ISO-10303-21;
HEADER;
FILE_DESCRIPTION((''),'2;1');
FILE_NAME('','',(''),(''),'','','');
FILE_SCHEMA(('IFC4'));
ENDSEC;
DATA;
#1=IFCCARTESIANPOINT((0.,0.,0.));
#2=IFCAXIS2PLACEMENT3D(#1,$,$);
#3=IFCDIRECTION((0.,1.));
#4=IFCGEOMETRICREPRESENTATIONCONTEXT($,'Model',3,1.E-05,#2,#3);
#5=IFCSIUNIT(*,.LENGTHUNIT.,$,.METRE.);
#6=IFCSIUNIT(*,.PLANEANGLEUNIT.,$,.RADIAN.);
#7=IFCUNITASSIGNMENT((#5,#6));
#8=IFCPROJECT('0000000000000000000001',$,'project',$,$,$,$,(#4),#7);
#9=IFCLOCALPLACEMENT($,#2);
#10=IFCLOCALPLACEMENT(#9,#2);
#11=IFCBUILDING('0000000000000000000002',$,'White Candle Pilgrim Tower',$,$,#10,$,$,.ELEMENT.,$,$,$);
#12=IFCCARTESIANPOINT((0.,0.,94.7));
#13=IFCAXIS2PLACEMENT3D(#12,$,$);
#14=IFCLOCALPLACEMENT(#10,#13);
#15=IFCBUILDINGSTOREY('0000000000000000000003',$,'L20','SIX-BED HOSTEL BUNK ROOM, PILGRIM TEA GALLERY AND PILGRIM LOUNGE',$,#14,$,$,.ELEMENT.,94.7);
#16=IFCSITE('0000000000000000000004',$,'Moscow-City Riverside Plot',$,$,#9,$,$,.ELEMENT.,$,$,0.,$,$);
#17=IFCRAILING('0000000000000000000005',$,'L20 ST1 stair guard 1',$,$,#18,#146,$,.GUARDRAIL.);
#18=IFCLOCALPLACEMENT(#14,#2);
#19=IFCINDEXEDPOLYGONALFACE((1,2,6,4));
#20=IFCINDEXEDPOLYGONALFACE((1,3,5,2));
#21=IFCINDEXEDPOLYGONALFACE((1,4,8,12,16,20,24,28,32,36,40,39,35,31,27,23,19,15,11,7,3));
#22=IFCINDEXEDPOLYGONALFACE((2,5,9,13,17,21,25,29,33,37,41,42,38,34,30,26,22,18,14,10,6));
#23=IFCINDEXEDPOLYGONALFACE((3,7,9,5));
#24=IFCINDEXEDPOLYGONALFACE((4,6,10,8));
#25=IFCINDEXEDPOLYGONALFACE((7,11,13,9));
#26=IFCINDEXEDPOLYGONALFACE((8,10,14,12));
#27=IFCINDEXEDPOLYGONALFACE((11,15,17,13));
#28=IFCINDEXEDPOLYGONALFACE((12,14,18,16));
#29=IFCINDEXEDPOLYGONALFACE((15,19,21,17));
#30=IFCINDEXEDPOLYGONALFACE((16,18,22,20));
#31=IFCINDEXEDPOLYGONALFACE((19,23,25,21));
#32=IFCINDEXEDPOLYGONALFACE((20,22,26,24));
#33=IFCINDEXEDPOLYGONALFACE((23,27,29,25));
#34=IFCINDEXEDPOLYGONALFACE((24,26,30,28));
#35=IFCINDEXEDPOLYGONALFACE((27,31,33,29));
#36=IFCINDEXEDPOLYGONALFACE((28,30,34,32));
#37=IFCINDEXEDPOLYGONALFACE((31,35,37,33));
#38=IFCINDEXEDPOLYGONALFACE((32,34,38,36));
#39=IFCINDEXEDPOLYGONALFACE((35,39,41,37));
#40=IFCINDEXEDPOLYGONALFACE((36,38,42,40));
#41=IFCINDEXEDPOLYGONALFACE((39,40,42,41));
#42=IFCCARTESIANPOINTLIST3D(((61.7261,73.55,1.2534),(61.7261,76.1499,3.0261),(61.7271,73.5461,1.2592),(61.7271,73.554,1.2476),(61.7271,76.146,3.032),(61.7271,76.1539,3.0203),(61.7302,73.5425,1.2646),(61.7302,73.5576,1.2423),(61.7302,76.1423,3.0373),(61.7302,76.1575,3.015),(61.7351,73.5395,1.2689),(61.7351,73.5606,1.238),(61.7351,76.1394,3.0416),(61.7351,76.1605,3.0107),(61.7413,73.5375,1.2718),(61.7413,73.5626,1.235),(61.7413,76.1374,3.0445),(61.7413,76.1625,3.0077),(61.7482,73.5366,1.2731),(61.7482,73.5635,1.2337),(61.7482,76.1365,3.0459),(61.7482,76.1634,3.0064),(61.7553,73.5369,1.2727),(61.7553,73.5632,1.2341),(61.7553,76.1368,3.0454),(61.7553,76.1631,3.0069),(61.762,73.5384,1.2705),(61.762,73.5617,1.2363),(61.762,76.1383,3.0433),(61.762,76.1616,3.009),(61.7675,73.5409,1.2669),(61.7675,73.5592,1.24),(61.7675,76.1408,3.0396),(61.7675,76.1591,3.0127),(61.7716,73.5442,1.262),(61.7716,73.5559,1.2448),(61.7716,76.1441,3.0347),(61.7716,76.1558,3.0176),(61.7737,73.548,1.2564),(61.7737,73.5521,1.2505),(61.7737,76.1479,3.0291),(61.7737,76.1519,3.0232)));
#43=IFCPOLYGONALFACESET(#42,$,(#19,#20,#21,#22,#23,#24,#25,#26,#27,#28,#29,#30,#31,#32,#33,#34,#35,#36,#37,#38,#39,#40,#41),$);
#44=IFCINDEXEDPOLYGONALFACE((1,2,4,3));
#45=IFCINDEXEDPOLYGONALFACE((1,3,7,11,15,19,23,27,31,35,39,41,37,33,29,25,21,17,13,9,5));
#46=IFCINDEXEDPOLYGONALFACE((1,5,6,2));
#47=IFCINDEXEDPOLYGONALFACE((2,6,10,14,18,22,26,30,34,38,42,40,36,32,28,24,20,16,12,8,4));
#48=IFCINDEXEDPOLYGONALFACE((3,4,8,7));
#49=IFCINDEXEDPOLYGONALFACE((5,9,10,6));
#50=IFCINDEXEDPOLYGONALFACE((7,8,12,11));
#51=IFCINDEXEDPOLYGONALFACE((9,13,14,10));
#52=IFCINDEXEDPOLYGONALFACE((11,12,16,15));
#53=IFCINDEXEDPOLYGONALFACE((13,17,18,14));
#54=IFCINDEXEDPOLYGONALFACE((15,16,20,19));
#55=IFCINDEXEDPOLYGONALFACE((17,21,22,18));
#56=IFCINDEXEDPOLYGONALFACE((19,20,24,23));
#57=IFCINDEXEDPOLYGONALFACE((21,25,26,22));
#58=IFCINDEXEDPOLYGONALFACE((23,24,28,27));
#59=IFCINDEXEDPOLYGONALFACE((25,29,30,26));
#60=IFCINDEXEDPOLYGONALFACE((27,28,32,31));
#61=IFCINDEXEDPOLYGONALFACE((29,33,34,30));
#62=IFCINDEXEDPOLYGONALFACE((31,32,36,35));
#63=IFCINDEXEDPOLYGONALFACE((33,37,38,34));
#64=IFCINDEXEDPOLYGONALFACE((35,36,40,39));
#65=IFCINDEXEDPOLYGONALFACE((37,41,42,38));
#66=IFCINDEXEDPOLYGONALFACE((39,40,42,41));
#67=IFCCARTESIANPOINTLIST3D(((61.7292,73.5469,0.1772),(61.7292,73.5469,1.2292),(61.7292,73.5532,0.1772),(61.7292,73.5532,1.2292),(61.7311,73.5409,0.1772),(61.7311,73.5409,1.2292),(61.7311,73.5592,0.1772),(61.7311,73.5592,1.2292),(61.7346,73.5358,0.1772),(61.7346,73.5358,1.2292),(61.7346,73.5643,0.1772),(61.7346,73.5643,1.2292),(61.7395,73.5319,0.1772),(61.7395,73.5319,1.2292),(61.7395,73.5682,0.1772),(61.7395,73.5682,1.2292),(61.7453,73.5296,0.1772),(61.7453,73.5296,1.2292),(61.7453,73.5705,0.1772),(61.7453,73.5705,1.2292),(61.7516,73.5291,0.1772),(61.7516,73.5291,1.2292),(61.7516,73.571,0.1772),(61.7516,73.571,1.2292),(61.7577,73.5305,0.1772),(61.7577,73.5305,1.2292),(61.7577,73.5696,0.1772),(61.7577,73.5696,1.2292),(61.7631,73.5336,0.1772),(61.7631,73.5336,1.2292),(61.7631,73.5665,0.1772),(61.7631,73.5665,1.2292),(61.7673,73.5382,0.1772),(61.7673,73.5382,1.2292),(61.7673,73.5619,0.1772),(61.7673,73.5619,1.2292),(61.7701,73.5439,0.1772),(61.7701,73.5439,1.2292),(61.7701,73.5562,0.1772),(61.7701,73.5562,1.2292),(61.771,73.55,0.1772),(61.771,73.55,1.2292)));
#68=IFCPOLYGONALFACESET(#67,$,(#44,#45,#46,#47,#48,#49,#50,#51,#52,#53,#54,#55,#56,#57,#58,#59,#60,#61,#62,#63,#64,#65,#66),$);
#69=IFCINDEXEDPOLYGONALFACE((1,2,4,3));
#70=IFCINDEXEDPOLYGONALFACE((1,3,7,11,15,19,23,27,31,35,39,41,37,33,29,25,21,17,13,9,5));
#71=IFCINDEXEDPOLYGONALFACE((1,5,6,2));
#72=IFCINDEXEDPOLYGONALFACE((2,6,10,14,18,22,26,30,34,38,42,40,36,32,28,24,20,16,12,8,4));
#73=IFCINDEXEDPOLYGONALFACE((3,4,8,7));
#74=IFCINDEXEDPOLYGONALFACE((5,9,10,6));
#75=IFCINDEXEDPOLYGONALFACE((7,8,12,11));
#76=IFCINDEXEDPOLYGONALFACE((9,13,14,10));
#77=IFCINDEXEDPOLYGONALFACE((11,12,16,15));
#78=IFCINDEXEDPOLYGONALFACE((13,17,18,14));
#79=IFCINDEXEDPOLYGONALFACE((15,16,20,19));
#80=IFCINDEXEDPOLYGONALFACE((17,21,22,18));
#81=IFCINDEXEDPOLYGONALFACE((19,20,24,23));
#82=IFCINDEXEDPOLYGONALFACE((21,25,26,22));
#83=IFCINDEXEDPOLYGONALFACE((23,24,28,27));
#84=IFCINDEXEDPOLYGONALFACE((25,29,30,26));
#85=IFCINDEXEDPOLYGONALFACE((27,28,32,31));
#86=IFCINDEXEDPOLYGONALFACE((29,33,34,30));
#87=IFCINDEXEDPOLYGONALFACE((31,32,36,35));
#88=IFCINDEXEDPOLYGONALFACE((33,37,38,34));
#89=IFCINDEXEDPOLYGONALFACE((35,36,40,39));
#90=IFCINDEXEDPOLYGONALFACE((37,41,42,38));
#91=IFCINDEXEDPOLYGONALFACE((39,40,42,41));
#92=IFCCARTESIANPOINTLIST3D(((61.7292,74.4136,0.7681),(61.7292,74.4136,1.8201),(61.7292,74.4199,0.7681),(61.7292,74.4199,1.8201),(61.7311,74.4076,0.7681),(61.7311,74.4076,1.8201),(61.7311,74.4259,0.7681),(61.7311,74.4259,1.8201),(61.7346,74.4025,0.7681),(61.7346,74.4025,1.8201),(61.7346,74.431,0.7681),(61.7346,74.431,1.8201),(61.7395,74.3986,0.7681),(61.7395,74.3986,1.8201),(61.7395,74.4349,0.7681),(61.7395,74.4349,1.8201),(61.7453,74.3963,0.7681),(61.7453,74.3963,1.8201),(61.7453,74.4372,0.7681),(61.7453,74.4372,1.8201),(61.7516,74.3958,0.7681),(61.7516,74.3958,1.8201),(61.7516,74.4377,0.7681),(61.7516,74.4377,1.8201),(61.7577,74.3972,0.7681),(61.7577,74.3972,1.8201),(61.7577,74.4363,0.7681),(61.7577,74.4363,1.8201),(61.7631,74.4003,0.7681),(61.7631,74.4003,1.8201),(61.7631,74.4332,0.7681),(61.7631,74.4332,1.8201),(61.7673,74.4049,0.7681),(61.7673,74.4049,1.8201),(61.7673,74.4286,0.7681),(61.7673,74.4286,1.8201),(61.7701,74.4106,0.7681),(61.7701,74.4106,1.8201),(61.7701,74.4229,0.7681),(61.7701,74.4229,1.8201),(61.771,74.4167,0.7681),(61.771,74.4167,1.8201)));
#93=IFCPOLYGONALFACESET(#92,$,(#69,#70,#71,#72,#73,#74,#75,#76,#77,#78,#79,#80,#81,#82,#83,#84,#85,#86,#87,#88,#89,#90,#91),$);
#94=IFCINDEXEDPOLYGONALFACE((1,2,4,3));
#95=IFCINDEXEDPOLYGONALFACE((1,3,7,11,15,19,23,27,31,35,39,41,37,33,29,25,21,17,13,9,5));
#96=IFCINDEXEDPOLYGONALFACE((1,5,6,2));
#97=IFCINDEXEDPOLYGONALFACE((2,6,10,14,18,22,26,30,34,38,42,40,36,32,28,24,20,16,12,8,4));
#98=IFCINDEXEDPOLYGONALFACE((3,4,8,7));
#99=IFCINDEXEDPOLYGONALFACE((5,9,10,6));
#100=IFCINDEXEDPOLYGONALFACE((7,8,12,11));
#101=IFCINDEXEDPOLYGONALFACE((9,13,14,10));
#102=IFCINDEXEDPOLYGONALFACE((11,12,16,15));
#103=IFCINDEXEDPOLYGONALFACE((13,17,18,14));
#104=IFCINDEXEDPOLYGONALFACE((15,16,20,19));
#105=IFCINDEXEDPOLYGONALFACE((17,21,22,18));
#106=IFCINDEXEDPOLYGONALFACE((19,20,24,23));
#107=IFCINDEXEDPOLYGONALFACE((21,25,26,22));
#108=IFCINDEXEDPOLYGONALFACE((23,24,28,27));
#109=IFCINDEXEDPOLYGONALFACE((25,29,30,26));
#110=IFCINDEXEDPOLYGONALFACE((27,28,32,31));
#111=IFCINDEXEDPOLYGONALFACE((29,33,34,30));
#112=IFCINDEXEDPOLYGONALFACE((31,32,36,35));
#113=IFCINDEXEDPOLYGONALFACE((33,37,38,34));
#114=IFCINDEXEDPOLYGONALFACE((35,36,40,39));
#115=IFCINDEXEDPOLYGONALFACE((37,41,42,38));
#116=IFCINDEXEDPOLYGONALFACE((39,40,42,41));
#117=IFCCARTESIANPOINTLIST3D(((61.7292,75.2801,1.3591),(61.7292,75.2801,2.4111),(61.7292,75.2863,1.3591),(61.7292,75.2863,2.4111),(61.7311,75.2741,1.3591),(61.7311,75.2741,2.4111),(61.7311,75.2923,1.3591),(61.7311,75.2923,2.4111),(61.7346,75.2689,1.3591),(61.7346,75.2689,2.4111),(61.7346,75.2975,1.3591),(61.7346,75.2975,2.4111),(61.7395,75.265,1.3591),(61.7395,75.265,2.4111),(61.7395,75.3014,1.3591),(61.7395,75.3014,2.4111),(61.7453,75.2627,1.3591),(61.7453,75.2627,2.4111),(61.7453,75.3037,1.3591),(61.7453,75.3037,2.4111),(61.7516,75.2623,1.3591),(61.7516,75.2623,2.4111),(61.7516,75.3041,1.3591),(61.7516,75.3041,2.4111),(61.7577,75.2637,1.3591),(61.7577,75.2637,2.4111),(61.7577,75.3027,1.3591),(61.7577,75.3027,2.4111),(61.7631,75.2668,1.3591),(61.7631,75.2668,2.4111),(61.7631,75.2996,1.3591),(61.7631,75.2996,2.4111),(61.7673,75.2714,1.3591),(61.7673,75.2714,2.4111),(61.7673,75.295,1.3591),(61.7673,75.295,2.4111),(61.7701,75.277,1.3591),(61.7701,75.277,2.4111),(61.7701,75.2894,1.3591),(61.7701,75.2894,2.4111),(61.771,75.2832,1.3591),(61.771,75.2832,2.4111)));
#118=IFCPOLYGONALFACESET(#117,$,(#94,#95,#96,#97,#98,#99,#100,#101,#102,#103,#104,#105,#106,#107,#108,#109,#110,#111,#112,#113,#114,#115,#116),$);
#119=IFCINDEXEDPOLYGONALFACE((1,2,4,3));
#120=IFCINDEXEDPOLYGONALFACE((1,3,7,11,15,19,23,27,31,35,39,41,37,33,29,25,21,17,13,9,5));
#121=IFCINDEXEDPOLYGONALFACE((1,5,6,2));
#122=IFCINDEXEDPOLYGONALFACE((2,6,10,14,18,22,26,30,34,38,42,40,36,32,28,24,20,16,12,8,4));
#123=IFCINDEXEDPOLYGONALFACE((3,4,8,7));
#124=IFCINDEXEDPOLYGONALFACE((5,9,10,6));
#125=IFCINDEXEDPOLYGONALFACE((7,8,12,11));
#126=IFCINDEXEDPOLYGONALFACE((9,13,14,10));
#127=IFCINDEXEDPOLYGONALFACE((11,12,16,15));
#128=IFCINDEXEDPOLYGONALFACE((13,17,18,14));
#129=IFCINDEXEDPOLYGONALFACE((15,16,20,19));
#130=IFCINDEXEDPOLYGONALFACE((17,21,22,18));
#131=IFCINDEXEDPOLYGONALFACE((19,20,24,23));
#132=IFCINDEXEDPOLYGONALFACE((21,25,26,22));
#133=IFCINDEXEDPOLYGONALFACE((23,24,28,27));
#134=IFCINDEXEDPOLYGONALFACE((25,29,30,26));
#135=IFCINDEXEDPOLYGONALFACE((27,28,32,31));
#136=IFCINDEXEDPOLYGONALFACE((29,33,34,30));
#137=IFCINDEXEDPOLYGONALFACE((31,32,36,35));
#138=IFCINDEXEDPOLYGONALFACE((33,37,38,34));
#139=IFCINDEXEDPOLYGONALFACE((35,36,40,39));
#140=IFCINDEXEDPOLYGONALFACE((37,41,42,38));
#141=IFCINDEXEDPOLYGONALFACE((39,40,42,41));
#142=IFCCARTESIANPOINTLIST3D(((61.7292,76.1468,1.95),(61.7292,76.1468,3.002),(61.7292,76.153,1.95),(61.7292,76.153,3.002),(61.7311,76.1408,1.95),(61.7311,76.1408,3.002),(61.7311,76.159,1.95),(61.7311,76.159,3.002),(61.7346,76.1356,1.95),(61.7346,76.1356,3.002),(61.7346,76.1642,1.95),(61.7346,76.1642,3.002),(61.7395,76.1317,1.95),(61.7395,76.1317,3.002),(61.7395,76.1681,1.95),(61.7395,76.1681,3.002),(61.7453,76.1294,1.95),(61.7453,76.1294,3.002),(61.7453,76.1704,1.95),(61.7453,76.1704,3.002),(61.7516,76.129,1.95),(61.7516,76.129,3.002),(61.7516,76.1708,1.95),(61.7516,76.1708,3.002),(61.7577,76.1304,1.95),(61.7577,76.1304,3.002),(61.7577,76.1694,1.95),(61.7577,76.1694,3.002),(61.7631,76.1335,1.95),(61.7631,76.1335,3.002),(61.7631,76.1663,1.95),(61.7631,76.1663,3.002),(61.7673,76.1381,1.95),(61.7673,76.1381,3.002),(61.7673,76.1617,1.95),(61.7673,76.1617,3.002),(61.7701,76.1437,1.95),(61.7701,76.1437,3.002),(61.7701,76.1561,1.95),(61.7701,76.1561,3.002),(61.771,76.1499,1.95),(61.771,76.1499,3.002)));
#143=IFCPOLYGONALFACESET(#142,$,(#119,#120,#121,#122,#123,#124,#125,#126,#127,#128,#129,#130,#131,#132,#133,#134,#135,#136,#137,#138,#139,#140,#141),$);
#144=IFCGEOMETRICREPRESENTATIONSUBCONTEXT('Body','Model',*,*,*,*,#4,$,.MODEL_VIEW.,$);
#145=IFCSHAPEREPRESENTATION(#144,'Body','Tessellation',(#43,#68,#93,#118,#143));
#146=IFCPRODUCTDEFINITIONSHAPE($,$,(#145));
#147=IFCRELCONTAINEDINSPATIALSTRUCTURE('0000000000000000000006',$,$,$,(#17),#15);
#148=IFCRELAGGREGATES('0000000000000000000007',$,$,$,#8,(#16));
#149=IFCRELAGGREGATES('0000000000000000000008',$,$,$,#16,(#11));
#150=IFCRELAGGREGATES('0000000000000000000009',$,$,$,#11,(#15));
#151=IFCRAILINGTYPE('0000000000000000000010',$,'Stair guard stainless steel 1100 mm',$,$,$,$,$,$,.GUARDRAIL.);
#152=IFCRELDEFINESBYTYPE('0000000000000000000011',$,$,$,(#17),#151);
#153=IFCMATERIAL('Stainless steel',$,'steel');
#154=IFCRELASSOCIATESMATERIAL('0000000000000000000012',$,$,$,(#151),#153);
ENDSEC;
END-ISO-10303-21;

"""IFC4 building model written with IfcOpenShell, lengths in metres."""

from ifc_helpers import new_model, si_unit, direction, frame, origin, origin_2d, place, context, subcontext, project, spatial, circle, extrude, material, type_object, element, save


model = new_model("IFC4")

# Units and contexts
model_context = context("Model", 3, precision=1e-05, world=origin(), true_north=direction((0.0, 1.0)))
body_context = subcontext(model_context, "Body", "Model", "MODEL_VIEW")
ifc_project = project(units=[si_unit("LENGTHUNIT", "METRE"), si_unit("PLANEANGLEUNIT", "RADIAN")], contexts=[model_context])

# Site, building, storey
site_placement = place(None, origin())
site = spatial("IfcSite", under=ifc_project, at=site_placement, Name="Moscow-City Riverside Plot", CompositionType="ELEMENT", RefElevation=0.0)
building_placement = place(site_placement, origin())
building = spatial("IfcBuilding", under=site, at=building_placement, Name="White Candle Pilgrim Tower", CompositionType="ELEMENT")
storey_placement = place(building_placement, frame((0.0, 0.0, 94.7)))
storey = spatial("IfcBuildingStorey", under=building, at=storey_placement, Name="L20", Description="SIX-BED HOSTEL BUNK ROOM, PILGRIM TEA GALLERY AND PILGRIM LOUNGE", CompositionType="ELEMENT", Elevation=94.7)

# Shared definitions
ifc_material_1 = material(Name="Stainless steel", Category="steel")

# Railing
railing_type_1 = type_object("IfcRailingType", Name="Stair guard stainless steel 1100 mm", PredefinedType="GUARDRAIL", material=ifc_material_1)
railing_1_placement = place(storey_placement, frame((61.75, 73.55, 0.1772)))
element("IfcRailing", 1, at=railing_1_placement, inside=storey, type_object=railing_type_1, Name="L20 ST1 stair guard 1", PredefinedType="GUARDRAIL", context=body_context, shape_type="SweptSolid", body=[
    extrude(circle(Radius=0.0239, at=origin_2d()), frame((0.0, 0.0, 1.0762), z_axis=(0.0, 0.826216, 0.563354), x_axis=(-1.0, 0.0, 0.0)), (0.0, 0.0, 1.0), 3.1467),
    extrude(circle(Radius=0.021, at=origin_2d()), origin(), (0.0, 0.0, 1.0), 1.052),
    extrude(circle(Radius=0.021, at=origin_2d()), frame((0.0, 0.8667, 0.5908)), (0.0, 0.0, 1.0), 1.052),
    extrude(circle(Radius=0.021, at=origin_2d()), frame((0.0, 1.7332, 1.1819)), (0.0, 0.0, 1.0), 1.052),
    extrude(circle(Radius=0.021, at=origin_2d()), frame((0.0, 2.5999, 1.7727)), (0.0, 0.0, 1.0), 1.052),
])

save(model, "model.ifc")
